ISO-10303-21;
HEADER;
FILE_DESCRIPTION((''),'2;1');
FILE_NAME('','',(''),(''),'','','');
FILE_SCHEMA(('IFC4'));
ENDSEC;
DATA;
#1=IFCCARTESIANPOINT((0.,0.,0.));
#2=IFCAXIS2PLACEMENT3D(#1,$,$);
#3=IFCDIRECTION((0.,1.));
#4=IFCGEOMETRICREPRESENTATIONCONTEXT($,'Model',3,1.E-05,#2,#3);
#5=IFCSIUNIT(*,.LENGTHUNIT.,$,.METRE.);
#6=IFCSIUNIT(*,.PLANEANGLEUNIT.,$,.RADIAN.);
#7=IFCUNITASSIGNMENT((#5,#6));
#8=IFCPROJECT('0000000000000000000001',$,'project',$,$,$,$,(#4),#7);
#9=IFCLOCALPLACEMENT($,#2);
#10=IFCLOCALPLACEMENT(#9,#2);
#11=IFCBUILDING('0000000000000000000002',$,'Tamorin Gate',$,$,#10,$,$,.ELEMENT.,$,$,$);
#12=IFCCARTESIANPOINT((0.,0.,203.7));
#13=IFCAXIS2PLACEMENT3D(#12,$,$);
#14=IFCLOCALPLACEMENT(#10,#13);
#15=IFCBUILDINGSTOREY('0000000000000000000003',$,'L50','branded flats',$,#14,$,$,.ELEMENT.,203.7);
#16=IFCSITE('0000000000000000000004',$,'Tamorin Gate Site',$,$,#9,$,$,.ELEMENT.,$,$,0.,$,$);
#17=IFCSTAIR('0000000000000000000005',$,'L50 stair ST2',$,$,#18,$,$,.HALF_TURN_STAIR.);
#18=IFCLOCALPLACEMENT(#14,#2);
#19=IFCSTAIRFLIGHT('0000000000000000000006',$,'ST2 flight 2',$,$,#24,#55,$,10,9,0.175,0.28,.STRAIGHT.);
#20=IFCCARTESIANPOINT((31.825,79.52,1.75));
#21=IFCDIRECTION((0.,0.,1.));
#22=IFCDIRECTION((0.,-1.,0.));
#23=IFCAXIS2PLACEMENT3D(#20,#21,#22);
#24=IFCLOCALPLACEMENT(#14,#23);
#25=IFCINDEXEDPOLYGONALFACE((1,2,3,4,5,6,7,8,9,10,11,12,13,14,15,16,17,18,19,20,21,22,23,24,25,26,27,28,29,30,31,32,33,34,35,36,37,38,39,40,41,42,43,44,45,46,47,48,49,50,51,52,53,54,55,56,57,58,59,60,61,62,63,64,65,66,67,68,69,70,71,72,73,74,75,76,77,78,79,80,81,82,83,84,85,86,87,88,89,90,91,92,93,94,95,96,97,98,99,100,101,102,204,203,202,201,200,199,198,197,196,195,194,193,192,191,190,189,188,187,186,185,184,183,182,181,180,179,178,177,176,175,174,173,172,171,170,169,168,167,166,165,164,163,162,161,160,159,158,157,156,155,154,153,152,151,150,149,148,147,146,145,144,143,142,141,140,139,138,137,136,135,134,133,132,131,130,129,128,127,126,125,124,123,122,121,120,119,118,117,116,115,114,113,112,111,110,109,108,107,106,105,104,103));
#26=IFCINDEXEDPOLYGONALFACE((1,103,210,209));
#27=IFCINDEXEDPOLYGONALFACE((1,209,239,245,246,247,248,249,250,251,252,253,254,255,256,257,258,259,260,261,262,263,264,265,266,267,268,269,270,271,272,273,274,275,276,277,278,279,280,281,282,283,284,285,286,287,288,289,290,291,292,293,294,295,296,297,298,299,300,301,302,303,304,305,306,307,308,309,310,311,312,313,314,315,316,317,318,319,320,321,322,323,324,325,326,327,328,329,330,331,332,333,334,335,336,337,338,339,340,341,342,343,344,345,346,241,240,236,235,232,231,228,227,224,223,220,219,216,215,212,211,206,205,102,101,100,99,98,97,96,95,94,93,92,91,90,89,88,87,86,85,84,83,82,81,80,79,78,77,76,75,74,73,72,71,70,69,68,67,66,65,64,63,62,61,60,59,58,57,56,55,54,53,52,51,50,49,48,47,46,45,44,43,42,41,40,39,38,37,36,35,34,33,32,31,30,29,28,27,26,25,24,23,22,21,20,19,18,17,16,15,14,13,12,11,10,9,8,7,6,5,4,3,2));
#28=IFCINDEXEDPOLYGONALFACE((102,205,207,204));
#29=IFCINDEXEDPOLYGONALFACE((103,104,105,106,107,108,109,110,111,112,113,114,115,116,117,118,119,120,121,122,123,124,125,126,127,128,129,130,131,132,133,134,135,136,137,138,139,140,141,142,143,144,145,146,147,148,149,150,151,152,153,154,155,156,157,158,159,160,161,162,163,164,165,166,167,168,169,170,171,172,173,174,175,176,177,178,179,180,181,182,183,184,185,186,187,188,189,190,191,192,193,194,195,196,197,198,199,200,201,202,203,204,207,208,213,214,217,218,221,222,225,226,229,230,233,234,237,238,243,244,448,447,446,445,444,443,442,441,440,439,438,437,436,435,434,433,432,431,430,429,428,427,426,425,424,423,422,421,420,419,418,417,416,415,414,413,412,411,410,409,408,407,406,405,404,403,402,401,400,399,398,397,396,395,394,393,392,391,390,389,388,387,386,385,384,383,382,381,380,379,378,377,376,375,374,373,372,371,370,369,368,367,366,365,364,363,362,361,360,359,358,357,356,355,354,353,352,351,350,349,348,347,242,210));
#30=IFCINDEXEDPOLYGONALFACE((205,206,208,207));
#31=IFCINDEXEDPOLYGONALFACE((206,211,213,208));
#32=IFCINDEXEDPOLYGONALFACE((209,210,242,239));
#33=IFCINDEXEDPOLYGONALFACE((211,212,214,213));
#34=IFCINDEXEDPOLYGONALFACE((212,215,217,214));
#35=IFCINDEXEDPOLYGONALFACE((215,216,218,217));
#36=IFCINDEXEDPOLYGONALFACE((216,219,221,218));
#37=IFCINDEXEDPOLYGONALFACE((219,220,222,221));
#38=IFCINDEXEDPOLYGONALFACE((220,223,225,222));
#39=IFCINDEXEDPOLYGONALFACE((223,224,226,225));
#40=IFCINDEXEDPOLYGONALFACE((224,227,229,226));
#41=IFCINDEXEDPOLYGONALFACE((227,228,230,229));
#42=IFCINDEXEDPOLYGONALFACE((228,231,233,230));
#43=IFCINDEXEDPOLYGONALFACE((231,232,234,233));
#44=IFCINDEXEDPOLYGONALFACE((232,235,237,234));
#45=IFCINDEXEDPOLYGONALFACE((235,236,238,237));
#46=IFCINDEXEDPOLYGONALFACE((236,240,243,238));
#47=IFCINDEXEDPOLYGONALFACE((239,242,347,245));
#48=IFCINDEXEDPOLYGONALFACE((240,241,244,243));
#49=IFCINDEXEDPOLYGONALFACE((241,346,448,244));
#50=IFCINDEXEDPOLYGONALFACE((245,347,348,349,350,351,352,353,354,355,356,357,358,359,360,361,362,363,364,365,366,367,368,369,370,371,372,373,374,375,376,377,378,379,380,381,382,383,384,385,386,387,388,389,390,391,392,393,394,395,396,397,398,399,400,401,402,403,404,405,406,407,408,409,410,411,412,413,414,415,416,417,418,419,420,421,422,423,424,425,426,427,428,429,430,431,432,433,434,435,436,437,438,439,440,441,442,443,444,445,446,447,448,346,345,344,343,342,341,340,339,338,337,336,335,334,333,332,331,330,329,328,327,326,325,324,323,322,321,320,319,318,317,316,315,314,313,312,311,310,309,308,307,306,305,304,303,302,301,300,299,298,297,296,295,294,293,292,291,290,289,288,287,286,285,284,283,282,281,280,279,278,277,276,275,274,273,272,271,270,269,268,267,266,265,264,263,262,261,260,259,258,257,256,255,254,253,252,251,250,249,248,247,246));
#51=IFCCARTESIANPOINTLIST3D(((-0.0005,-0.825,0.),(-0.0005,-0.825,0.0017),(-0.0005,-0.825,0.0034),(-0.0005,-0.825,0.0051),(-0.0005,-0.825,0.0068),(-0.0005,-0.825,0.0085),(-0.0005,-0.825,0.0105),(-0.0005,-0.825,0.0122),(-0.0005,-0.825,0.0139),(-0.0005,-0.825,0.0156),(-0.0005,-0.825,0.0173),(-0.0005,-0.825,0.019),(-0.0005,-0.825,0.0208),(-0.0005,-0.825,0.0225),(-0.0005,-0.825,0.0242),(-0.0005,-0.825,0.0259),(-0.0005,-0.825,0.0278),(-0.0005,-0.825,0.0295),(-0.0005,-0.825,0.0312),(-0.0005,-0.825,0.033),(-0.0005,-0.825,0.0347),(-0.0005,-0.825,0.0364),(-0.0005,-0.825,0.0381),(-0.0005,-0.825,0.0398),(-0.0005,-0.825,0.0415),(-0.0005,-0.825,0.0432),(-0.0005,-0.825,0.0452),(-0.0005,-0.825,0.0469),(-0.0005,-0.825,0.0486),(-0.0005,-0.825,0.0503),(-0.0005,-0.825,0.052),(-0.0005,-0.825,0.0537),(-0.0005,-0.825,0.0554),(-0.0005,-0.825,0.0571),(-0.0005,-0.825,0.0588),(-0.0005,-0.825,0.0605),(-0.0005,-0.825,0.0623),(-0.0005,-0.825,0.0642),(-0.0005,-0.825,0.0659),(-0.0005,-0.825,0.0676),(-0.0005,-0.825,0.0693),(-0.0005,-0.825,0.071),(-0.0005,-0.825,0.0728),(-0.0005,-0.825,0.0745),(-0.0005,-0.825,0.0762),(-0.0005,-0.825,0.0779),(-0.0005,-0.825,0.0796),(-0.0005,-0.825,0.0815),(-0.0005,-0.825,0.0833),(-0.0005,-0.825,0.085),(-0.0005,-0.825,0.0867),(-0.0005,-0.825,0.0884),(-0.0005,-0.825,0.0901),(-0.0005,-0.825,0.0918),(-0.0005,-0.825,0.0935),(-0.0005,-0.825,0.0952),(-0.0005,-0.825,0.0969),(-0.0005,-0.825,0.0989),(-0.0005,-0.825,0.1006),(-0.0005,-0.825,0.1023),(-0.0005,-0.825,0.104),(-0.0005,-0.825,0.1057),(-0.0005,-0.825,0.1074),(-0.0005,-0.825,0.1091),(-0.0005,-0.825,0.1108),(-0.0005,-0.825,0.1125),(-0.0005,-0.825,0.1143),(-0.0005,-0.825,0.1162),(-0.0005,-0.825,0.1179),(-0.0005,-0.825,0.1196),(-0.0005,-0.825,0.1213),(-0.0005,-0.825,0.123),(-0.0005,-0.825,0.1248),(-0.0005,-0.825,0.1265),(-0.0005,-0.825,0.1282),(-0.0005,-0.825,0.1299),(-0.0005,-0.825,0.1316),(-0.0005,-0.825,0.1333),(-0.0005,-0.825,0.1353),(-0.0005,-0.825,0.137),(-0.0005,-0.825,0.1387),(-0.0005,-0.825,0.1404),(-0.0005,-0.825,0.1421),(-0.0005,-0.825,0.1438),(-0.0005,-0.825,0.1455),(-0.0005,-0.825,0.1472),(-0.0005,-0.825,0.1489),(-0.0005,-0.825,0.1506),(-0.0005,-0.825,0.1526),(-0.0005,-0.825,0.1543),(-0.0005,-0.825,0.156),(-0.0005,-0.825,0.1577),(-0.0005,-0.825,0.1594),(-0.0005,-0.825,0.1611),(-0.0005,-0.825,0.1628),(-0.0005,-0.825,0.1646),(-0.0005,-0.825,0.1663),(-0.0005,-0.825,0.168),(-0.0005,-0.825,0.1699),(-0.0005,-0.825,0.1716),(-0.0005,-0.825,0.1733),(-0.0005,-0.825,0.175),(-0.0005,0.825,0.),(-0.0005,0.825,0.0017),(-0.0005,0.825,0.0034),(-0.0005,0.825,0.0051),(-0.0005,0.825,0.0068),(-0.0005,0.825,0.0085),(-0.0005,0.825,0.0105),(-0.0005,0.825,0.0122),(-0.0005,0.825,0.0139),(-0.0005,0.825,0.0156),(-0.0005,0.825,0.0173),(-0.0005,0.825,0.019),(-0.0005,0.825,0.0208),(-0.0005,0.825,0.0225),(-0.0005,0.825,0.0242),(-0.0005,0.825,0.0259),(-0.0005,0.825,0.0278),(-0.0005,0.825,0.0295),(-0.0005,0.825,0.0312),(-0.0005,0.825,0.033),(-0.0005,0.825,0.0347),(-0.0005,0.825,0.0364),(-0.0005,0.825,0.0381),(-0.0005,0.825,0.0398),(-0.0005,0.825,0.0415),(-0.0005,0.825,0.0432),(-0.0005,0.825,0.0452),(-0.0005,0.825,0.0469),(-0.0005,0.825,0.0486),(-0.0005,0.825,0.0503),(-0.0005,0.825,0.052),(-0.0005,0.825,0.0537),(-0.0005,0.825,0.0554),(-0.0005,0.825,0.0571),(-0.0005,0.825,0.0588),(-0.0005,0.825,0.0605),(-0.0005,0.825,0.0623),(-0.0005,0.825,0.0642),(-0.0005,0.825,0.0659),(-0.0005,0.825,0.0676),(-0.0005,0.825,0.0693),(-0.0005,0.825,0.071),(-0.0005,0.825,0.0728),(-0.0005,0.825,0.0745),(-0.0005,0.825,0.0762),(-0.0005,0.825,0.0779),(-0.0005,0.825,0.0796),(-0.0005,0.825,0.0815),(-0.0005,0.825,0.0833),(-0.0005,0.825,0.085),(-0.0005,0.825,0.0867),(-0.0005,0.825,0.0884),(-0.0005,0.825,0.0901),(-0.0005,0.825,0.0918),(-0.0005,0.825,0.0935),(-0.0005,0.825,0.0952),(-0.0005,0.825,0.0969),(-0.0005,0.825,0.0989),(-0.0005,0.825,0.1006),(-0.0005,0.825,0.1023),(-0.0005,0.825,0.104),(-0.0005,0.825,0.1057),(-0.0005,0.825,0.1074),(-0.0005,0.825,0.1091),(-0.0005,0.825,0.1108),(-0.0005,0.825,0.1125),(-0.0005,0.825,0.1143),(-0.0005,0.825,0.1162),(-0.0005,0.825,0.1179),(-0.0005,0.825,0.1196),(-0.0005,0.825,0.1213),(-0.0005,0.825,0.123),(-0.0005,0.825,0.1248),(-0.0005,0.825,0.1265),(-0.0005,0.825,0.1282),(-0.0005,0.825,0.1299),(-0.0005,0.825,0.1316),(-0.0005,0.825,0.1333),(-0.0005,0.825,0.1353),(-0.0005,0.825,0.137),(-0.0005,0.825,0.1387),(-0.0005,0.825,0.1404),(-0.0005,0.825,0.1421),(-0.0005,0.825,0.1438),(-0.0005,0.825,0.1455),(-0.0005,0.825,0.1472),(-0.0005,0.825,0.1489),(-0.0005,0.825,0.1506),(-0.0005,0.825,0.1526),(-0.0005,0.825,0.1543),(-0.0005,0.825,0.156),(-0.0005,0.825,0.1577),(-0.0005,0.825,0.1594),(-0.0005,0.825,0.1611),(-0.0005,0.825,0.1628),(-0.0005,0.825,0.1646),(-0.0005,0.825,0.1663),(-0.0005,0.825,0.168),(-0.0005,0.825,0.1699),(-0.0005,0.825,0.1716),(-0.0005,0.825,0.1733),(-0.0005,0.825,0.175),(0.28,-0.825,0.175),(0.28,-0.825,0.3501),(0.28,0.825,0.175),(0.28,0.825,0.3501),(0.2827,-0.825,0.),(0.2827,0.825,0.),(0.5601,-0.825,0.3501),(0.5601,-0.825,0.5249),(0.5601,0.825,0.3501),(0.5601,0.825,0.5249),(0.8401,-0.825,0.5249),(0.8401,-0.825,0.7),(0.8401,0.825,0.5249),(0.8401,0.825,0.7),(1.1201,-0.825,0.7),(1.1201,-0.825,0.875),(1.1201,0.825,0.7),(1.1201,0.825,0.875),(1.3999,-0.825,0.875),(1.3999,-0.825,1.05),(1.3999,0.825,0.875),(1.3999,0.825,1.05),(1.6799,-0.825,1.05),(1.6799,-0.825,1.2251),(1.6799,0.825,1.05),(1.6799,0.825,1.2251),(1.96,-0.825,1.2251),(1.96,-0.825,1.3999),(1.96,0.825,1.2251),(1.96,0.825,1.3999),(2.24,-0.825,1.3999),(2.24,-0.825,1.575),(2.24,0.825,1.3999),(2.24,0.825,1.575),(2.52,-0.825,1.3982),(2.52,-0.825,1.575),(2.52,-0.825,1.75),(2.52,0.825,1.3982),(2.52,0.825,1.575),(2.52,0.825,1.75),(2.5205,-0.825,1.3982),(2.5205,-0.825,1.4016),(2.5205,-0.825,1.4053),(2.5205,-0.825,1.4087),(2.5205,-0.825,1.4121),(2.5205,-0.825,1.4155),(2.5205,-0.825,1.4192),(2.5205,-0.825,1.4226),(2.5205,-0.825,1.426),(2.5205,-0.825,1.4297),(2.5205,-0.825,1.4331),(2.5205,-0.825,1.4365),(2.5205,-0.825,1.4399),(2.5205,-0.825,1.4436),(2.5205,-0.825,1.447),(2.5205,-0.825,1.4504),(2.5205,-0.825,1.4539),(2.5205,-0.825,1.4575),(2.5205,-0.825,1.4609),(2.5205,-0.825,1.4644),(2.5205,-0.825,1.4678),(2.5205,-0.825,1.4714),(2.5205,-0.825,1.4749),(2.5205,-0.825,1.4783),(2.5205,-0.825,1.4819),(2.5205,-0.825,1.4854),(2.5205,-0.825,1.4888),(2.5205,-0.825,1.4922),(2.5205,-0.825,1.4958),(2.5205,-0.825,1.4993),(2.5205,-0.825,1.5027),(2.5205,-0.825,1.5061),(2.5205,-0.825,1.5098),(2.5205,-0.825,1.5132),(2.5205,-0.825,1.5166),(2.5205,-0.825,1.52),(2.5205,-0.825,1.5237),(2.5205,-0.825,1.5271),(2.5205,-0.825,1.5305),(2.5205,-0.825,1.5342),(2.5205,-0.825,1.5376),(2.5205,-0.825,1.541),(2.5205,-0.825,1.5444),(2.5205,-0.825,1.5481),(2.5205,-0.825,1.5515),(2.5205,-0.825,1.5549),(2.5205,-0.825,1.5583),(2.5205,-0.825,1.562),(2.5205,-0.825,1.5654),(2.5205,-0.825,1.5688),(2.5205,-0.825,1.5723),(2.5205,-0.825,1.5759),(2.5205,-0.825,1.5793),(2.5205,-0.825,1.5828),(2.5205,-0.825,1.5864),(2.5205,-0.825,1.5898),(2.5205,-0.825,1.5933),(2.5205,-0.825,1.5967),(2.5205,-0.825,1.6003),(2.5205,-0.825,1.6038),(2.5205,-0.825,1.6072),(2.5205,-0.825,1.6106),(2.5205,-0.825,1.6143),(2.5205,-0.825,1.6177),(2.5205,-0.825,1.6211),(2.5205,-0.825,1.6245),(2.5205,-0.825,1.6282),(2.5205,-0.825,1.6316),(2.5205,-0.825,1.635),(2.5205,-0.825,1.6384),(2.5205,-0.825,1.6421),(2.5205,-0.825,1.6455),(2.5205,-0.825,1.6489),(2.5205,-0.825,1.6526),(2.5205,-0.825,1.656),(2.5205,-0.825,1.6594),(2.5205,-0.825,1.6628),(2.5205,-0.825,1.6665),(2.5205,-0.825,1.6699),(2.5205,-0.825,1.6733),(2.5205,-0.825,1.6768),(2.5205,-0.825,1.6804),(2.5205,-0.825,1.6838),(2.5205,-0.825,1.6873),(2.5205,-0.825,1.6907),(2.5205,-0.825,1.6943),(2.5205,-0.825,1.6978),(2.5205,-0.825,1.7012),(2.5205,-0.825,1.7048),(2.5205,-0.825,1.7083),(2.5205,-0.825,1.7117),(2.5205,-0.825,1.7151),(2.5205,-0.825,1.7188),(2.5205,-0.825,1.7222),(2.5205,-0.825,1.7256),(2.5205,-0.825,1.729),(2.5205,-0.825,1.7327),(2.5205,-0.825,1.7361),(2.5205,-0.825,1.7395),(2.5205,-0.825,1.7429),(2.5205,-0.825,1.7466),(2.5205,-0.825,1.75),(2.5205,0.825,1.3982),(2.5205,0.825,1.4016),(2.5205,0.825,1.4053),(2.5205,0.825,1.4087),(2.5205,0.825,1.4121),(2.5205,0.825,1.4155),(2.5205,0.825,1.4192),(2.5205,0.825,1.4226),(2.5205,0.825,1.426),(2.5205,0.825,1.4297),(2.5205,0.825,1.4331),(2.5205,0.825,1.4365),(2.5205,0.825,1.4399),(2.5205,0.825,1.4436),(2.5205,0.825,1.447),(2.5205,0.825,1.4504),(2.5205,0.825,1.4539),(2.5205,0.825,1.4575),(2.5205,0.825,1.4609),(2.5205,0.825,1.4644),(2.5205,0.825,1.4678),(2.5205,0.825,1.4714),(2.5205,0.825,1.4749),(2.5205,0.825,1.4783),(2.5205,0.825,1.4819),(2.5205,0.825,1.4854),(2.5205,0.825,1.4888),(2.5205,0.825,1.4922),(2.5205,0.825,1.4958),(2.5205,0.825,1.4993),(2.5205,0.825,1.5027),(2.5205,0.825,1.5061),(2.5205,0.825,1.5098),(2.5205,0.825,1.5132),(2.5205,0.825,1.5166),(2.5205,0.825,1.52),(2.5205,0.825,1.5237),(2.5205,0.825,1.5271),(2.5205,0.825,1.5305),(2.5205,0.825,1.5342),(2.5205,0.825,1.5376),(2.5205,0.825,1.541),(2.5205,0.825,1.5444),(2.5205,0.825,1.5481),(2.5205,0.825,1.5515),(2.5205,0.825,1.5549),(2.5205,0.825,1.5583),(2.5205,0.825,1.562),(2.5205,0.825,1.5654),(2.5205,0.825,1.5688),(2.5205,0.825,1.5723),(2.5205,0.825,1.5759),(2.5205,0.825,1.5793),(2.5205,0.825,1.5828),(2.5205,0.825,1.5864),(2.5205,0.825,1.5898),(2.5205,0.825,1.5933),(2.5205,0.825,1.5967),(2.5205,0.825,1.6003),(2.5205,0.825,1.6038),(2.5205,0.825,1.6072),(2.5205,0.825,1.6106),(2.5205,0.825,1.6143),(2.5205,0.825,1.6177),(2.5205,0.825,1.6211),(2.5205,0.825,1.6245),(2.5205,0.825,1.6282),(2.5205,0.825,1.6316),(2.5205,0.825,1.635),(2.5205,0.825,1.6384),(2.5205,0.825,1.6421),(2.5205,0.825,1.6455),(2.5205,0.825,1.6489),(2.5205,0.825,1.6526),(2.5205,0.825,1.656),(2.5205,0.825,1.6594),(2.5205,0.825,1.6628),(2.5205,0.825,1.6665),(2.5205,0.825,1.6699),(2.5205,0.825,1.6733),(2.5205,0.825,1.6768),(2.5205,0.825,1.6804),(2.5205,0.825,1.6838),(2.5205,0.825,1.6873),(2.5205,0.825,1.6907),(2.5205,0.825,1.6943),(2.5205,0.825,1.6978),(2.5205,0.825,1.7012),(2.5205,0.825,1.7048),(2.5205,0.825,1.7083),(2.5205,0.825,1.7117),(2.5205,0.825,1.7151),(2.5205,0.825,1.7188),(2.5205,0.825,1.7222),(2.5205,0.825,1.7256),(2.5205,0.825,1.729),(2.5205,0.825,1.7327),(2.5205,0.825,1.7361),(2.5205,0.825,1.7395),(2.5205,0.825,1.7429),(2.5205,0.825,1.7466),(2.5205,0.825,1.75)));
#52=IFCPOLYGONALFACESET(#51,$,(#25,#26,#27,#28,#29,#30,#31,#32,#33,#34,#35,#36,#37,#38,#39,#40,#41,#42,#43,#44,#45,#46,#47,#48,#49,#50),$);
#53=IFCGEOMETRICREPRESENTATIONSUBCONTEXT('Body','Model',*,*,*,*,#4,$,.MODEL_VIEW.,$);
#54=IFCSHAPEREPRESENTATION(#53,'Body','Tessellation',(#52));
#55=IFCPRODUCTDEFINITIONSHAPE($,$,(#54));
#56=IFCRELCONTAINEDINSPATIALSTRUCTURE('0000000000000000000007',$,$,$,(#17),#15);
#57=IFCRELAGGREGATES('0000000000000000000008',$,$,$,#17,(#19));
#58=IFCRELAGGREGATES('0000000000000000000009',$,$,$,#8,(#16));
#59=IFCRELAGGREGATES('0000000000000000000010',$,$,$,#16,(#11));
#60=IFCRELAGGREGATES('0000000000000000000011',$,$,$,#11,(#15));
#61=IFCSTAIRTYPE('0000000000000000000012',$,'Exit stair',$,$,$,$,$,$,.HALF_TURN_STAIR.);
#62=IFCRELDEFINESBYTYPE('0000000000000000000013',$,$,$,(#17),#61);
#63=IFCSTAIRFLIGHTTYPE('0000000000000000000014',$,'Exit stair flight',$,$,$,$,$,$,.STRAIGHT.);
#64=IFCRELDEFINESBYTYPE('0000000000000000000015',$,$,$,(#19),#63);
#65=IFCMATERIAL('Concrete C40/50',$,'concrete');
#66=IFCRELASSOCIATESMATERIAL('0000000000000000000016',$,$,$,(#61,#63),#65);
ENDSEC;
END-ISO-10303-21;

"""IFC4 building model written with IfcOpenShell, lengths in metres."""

from ifc_helpers import new_model, si_unit, direction, frame, origin, place, context, subcontext, project, spatial, polyline, outline, extrude, material, type_object, element, aggregate, save


model = new_model("IFC4")

# Units and contexts
model_context = context("Model", 3, precision=1e-05, world=origin(), true_north=direction((0.0, 1.0)))
body_context = subcontext(model_context, "Body", "Model", "MODEL_VIEW")
ifc_project = project(units=[si_unit("LENGTHUNIT", "METRE"), si_unit("PLANEANGLEUNIT", "RADIAN")], contexts=[model_context])

# Site, building, storey
site_placement = place(None, origin())
site = spatial("IfcSite", under=ifc_project, at=site_placement, Name="Tamorin Gate Site", CompositionType="ELEMENT", RefElevation=0.0)
building_placement = place(site_placement, origin())
building = spatial("IfcBuilding", under=site, at=building_placement, Name="Tamorin Gate", CompositionType="ELEMENT")
storey_placement = place(building_placement, frame((0.0, 0.0, 203.7)))
storey = spatial("IfcBuildingStorey", under=building, at=storey_placement, Name="L50", Description="branded flats", CompositionType="ELEMENT", Elevation=203.7)

# Stair, stair flight
ifc_material_1 = material(Name="Concrete C40/50", Category="concrete")
stair_type = type_object("IfcStairType", Name="Exit stair", PredefinedType="HALF_TURN_STAIR", material=ifc_material_1)
stair_placement = place(storey_placement, origin())
stair = element("IfcStair", 1, at=stair_placement, inside=storey, type_object=stair_type, Name="L50 stair ST2", PredefinedType="HALF_TURN_STAIR")
stair_flight_type = type_object("IfcStairFlightType", Name="Exit stair flight", PredefinedType="STRAIGHT", material=ifc_material_1)
stair_flight_placement = place(storey_placement, frame((31.825, 79.52, 1.75), z_axis=(0.0, 0.0, 1.0), x_axis=(0.0, -1.0, 0.0)))
stair_flight = element("IfcStairFlight", 2, at=stair_flight_placement, type_object=stair_flight_type, Name="ST2 flight 2", NumberOfRisers=10, NumberOfTreads=9, PredefinedType="STRAIGHT", RiserHeight=0.175, TreadLength=0.28, context=body_context, shape_type="SweptSolid", body=[
    extrude(outline(polyline([(-0.0005, 0.0), (-0.0005, 0.0017), (-0.0005, 0.0034), (-0.0005, 0.0051), (-0.0005, 0.0068), (-0.0005, 0.0085), (-0.0005, 0.0105), (-0.0005, 0.0122), (-0.0005, 0.0139), (-0.0005, 0.0156), (-0.0005, 0.0173), (-0.0005, 0.019), (-0.0005, 0.0208), (-0.0005, 0.0225), (-0.0005, 0.0242), (-0.0005, 0.0259), (-0.0005, 0.0278), (-0.0005, 0.0295), (-0.0005, 0.0312), (-0.0005, 0.033), (-0.0005, 0.0347), (-0.0005, 0.0364), (-0.0005, 0.0381), (-0.0005, 0.0398), (-0.0005, 0.0415), (-0.0005, 0.0432), (-0.0005, 0.0452), (-0.0005, 0.0469), (-0.0005, 0.0486), (-0.0005, 0.0503), (-0.0005, 0.052), (-0.0005, 0.0537), (-0.0005, 0.0554), (-0.0005, 0.0571), (-0.0005, 0.0588), (-0.0005, 0.0605), (-0.0005, 0.0623), (-0.0005, 0.0642), (-0.0005, 0.0659), (-0.0005, 0.0676), (-0.0005, 0.0693), (-0.0005, 0.071), (-0.0005, 0.0728), (-0.0005, 0.0745), (-0.0005, 0.0762), (-0.0005, 0.0779), (-0.0005, 0.0796), (-0.0005, 0.0815), (-0.0005, 0.0833), (-0.0005, 0.085), (-0.0005, 0.0867), (-0.0005, 0.0884), (-0.0005, 0.0901), (-0.0005, 0.0918), (-0.0005, 0.0935), (-0.0005, 0.0952), (-0.0005, 0.0969), (-0.0005, 0.0989), (-0.0005, 0.1006), (-0.0005, 0.1023), (-0.0005, 0.104), (-0.0005, 0.1057), (-0.0005, 0.1074), (-0.0005, 0.1091), (-0.0005, 0.1108), (-0.0005, 0.1125), (-0.0005, 0.1143), (-0.0005, 0.1162), (-0.0005, 0.1179), (-0.0005, 0.1196), (-0.0005, 0.1213), (-0.0005, 0.123), (-0.0005, 0.1248), (-0.0005, 0.1265), (-0.0005, 0.1282), (-0.0005, 0.1299), (-0.0005, 0.1316), (-0.0005, 0.1333), (-0.0005, 0.1353), (-0.0005, 0.137), (-0.0005, 0.1387), (-0.0005, 0.1404), (-0.0005, 0.1421), (-0.0005, 0.1438), (-0.0005, 0.1455), (-0.0005, 0.1472), (-0.0005, 0.1489), (-0.0005, 0.1506), (-0.0005, 0.1526), (-0.0005, 0.1543), (-0.0005, 0.156), (-0.0005, 0.1577), (-0.0005, 0.1594), (-0.0005, 0.1611), (-0.0005, 0.1628), (-0.0005, 0.1646), (-0.0005, 0.1663), (-0.0005, 0.168), (-0.0005, 0.1699), (-0.0005, 0.1716), (-0.0005, 0.1733), (-0.0005, 0.175), (0.28, 0.175), (0.28, 0.3501), (0.5601, 0.3501), (0.5601, 0.5249), (0.8401, 0.5249), (0.8401, 0.7), (1.1201, 0.7), (1.1201, 0.875), (1.3999, 0.875), (1.3999, 1.05), (1.6799, 1.05), (1.6799, 1.2251), (1.96, 1.2251), (1.96, 1.3999), (2.24, 1.3999), (2.24, 1.575), (2.52, 1.575), (2.52, 1.75), (2.5205, 1.75), (2.5205, 1.7466), (2.5205, 1.7429), (2.5205, 1.7395), (2.5205, 1.7361), (2.5205, 1.7327), (2.5205, 1.729), (2.5205, 1.7256), (2.5205, 1.7222), (2.5205, 1.7188), (2.5205, 1.7151), (2.5205, 1.7117), (2.5205, 1.7083), (2.5205, 1.7048), (2.5205, 1.7012), (2.5205, 1.6978), (2.5205, 1.6943), (2.5205, 1.6907), (2.5205, 1.6873), (2.5205, 1.6838), (2.5205, 1.6804), (2.5205, 1.6768), (2.5205, 1.6733), (2.5205, 1.6699), (2.5205, 1.6665), (2.5205, 1.6628), (2.5205, 1.6594), (2.5205, 1.656), (2.5205, 1.6526), (2.5205, 1.6489), (2.5205, 1.6455), (2.5205, 1.6421), (2.5205, 1.6384), (2.5205, 1.635), (2.5205, 1.6316), (2.5205, 1.6282), (2.5205, 1.6245), (2.5205, 1.6211), (2.5205, 1.6177), (2.5205, 1.6143), (2.5205, 1.6106), (2.5205, 1.6072), (2.5205, 1.6038), (2.5205, 1.6003), (2.5205, 1.5967), (2.5205, 1.5933), (2.5205, 1.5898), (2.5205, 1.5864), (2.5205, 1.5828), (2.5205, 1.5793), (2.5205, 1.5759), (2.5205, 1.5723), (2.5205, 1.5688), (2.5205, 1.5654), (2.5205, 1.562), (2.5205, 1.5583), (2.5205, 1.5549), (2.5205, 1.5515), (2.5205, 1.5481), (2.5205, 1.5444), (2.5205, 1.541), (2.5205, 1.5376), (2.5205, 1.5342), (2.5205, 1.5305), (2.5205, 1.5271), (2.5205, 1.5237), (2.5205, 1.52), (2.5205, 1.5166), (2.5205, 1.5132), (2.5205, 1.5098), (2.5205, 1.5061), (2.5205, 1.5027), (2.5205, 1.4993), (2.5205, 1.4958), (2.5205, 1.4922), (2.5205, 1.4888), (2.5205, 1.4854), (2.5205, 1.4819), (2.5205, 1.4783), (2.5205, 1.4749), (2.5205, 1.4714), (2.5205, 1.4678), (2.5205, 1.4644), (2.5205, 1.4609), (2.5205, 1.4575), (2.5205, 1.4539), (2.5205, 1.4504), (2.5205, 1.447), (2.5205, 1.4436), (2.5205, 1.4399), (2.5205, 1.4365), (2.5205, 1.4331), (2.5205, 1.4297), (2.5205, 1.426), (2.5205, 1.4226), (2.5205, 1.4192), (2.5205, 1.4155), (2.5205, 1.4121), (2.5205, 1.4087), (2.5205, 1.4053), (2.5205, 1.4016), (2.5205, 1.3982), (2.52, 1.3982), (0.2827, 0.0), (-0.0005, 0.0)])), frame((0.0, 0.825, 0.0), z_axis=(0.0, -1.0, 0.0), x_axis=(1.0, 0.0, 0.0)), (0.0, 0.0, 1.0), 1.6499),
])
aggregate(stair, [stair_flight])

save(model, "model.ifc")
